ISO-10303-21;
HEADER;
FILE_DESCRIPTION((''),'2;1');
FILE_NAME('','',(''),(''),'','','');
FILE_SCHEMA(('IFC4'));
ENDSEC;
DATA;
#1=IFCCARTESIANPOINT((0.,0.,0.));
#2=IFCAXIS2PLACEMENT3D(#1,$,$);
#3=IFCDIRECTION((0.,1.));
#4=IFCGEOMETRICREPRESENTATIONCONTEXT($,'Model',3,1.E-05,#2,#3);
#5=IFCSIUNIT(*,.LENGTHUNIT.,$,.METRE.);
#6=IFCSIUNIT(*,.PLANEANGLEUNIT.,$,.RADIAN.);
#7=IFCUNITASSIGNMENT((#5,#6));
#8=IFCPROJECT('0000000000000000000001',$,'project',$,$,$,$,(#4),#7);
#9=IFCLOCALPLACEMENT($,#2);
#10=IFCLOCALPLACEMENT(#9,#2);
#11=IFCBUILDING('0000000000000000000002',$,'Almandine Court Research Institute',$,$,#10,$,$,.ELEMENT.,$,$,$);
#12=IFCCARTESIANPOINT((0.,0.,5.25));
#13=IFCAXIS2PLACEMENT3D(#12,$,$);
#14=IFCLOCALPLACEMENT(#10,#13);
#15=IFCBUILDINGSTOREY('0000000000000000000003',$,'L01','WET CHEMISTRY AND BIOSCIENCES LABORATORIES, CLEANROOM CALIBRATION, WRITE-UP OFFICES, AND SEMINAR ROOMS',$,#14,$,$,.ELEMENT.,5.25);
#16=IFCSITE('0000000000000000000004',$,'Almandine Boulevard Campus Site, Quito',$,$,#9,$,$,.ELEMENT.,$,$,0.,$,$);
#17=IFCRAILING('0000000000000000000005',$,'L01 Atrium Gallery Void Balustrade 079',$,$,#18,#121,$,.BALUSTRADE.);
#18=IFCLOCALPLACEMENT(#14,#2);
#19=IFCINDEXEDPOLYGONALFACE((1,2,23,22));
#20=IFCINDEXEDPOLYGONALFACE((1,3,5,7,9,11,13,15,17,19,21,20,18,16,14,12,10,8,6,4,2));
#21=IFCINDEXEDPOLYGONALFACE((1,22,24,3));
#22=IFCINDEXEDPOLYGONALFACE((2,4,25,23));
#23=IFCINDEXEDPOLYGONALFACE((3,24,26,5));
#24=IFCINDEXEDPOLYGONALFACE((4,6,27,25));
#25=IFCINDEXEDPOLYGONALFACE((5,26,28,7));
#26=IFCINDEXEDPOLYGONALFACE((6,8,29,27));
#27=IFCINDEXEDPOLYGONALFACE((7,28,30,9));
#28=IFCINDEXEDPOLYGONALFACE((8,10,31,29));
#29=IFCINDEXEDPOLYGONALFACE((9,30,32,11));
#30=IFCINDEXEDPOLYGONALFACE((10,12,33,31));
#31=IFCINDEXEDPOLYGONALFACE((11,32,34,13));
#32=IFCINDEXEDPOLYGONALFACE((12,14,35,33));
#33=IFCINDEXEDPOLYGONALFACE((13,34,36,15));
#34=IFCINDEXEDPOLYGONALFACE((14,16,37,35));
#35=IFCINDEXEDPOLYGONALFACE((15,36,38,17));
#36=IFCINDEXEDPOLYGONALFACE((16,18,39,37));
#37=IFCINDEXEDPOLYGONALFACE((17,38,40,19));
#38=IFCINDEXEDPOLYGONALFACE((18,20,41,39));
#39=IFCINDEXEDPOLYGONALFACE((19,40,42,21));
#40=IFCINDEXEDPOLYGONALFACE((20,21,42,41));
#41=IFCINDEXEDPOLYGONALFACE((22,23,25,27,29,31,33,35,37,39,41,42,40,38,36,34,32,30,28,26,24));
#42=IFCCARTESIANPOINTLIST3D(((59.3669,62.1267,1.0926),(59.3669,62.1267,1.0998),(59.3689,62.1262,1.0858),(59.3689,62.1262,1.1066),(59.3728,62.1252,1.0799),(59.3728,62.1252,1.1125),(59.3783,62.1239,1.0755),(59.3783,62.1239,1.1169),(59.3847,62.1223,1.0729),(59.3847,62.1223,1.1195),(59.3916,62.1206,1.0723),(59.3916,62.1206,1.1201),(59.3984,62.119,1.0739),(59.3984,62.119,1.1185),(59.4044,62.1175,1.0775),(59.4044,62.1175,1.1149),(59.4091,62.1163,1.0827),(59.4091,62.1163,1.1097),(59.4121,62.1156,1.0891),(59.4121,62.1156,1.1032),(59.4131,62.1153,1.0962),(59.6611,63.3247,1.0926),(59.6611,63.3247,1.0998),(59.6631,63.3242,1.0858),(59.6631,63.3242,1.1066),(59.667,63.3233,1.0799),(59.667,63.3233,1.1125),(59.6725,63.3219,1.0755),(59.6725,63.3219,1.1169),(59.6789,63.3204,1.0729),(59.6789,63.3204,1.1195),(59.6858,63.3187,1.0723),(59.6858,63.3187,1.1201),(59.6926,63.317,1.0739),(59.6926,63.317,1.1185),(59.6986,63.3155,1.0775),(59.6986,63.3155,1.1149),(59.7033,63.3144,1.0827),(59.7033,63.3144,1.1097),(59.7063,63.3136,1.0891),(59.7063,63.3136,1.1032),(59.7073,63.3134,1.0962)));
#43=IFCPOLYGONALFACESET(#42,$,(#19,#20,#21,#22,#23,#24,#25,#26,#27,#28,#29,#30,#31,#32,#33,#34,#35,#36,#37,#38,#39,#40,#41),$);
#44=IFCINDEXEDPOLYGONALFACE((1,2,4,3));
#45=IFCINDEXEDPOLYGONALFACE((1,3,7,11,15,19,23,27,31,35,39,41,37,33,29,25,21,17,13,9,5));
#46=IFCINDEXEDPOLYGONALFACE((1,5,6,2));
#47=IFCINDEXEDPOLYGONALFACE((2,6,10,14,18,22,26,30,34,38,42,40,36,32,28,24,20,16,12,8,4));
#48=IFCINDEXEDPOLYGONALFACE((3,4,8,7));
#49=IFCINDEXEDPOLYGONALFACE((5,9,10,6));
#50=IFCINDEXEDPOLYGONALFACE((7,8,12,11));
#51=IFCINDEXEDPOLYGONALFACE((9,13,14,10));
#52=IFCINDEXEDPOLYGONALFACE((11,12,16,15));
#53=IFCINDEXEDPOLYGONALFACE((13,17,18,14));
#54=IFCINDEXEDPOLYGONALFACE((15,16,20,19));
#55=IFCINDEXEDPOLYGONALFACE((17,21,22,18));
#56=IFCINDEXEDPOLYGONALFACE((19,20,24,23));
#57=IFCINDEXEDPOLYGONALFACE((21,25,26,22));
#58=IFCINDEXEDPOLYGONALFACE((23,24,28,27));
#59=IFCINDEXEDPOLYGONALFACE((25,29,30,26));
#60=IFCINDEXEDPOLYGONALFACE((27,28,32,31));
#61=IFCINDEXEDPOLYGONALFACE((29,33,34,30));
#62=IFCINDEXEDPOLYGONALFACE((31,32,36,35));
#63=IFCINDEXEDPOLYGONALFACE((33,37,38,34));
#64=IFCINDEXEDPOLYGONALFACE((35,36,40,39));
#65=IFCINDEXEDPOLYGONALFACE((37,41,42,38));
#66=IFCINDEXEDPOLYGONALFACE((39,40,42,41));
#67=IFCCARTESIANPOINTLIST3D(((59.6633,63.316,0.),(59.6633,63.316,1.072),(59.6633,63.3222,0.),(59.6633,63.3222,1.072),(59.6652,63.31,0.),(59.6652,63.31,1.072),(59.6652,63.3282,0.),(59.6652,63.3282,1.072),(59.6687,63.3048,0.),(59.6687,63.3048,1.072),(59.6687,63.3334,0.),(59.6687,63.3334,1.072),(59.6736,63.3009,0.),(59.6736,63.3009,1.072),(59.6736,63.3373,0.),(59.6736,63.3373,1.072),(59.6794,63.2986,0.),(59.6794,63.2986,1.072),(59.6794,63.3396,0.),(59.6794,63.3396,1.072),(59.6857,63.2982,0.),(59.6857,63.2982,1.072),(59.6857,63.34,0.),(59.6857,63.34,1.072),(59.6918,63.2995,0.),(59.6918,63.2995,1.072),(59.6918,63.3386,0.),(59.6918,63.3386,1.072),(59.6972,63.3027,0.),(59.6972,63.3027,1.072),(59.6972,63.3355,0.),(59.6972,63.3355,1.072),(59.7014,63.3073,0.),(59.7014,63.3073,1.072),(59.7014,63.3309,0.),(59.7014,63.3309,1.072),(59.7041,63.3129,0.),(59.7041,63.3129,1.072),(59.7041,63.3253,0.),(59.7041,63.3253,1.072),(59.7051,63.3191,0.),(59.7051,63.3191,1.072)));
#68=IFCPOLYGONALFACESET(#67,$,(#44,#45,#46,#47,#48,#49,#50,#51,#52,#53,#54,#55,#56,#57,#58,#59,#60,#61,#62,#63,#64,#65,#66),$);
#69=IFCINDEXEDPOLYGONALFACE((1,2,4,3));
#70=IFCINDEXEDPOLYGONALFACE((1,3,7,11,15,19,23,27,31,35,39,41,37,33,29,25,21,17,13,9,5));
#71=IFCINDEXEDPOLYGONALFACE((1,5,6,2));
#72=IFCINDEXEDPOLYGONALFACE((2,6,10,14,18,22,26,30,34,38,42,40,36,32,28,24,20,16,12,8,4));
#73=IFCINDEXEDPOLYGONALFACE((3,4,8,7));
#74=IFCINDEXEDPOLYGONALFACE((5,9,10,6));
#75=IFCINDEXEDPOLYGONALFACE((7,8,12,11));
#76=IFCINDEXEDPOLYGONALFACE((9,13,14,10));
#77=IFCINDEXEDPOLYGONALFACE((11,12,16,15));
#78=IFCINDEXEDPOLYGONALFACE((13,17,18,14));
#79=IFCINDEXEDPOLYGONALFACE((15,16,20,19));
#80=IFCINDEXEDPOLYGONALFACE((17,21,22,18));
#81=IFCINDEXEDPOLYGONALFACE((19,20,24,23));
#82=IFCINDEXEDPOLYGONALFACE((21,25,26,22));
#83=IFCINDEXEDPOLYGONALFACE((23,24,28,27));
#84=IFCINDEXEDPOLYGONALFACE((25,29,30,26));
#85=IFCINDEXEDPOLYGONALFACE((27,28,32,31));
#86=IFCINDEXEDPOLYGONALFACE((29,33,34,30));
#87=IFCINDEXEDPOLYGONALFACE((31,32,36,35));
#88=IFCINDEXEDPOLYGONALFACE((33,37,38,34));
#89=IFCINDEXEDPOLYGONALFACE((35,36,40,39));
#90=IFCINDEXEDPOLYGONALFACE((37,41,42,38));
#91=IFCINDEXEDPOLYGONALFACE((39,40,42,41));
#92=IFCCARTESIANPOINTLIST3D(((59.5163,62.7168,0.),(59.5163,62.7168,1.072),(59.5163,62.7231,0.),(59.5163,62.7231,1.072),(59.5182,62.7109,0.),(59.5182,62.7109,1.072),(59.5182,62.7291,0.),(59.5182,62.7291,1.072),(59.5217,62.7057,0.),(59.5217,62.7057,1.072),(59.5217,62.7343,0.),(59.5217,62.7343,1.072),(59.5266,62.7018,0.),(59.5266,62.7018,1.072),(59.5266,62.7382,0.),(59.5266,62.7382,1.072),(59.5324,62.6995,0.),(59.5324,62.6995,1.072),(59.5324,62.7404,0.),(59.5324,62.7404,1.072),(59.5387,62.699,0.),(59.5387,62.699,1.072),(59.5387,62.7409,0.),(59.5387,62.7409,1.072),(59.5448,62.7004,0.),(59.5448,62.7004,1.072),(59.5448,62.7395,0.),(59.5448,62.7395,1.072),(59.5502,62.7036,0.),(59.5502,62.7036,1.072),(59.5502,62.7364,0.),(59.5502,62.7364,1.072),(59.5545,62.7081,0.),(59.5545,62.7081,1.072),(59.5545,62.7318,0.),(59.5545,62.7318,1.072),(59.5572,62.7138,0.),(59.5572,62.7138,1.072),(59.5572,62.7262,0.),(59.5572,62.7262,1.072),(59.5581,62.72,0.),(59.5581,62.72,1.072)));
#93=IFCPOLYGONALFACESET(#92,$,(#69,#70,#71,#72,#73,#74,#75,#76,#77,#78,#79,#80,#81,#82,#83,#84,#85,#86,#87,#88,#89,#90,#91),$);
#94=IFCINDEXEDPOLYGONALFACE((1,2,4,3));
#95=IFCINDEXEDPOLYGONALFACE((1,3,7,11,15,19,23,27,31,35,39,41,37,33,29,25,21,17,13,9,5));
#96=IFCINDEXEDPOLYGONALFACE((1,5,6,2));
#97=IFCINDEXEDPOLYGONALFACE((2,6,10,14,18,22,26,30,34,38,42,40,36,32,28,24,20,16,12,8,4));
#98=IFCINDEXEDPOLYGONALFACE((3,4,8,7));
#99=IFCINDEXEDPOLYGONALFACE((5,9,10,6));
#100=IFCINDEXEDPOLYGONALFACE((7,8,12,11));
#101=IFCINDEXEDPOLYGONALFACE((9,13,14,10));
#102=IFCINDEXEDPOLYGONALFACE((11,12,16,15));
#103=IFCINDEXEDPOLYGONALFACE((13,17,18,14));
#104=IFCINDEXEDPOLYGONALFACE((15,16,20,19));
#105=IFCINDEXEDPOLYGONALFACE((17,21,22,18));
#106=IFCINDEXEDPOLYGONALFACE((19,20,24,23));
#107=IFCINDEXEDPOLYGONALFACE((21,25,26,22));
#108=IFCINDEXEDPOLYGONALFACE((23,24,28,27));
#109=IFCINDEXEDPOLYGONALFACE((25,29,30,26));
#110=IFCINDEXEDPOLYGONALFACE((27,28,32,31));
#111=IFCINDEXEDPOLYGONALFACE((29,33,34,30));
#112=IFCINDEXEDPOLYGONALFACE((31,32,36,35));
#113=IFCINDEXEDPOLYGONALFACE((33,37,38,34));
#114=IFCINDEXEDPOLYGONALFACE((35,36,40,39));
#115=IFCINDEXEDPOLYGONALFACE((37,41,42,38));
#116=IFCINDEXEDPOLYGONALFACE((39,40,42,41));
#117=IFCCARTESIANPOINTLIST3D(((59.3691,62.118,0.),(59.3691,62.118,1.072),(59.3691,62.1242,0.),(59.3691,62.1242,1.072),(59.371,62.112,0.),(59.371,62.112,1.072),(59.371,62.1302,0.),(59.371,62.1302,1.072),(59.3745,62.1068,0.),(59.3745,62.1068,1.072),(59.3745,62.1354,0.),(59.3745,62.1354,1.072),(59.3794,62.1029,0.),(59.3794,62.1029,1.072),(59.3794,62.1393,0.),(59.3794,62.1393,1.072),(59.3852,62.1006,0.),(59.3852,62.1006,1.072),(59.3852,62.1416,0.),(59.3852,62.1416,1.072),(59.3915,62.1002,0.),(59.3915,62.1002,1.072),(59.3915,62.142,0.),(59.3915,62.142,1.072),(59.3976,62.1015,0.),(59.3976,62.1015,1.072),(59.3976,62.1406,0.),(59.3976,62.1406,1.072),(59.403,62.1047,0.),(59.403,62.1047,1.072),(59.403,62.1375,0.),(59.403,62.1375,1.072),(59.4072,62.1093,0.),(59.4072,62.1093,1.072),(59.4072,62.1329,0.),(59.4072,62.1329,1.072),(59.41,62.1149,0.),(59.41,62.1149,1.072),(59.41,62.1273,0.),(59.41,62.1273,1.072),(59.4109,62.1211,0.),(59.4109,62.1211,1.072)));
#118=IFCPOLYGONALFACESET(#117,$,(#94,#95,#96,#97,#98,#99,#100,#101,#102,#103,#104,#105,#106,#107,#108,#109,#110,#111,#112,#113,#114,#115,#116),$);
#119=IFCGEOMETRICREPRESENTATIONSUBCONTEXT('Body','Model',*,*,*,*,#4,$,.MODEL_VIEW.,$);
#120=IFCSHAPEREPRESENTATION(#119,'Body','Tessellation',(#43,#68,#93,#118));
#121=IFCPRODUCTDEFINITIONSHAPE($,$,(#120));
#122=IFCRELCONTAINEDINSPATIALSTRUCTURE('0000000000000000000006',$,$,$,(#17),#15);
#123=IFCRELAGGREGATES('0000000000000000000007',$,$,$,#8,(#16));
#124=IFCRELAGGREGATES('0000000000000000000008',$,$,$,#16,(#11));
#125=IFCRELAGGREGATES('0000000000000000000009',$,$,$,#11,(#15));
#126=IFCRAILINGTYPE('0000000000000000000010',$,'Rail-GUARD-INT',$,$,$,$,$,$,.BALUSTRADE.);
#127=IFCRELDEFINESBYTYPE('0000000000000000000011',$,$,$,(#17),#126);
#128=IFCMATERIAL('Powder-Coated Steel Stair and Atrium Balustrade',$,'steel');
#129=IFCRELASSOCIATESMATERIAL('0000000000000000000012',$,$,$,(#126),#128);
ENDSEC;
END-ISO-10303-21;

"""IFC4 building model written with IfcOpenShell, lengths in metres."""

from ifc_helpers import new_model, si_unit, direction, frame, origin, origin_2d, place, context, subcontext, project, spatial, circle, extrude, material, type_object, element, save


model = new_model("IFC4")

# Units and contexts
model_context = context("Model", 3, precision=1e-05, world=origin(), true_north=direction((0.0, 1.0)))
body_context = subcontext(model_context, "Body", "Model", "MODEL_VIEW")
ifc_project = project(units=[si_unit("LENGTHUNIT", "METRE"), si_unit("PLANEANGLEUNIT", "RADIAN")], contexts=[model_context])

# Site, building, storey
site_placement = place(None, origin())
site = spatial("IfcSite", under=ifc_project, at=site_placement, Name="Almandine Boulevard Campus Site, Quito", CompositionType="ELEMENT", RefElevation=0.0)
building_placement = place(site_placement, origin())
building = spatial("IfcBuilding", under=site, at=building_placement, Name="Almandine Court Research Institute", CompositionType="ELEMENT")
storey_placement = place(building_placement, frame((0.0, 0.0, 5.25)))
storey = spatial("IfcBuildingStorey", under=building, at=storey_placement, Name="L01", Description="WET CHEMISTRY AND BIOSCIENCES LABORATORIES, CLEANROOM CALIBRATION, WRITE-UP OFFICES, AND SEMINAR ROOMS", CompositionType="ELEMENT", Elevation=5.25)

# Railing
ifc_material_1 = material(Name="Powder-Coated Steel Stair and Atrium Balustrade", Category="steel")
railing_type = type_object("IfcRailingType", Name="Rail-GUARD-INT", PredefinedType="BALUSTRADE", material=ifc_material_1)
railing_1_placement = place(storey_placement, frame((59.6841, 63.3191, 0.0)))
element("IfcRailing", 1, at=railing_1_placement, inside=storey, type_object=railing_type, Name="L01 Atrium Gallery Void Balustrade 079", PredefinedType="BALUSTRADE", context=body_context, shape_type="SweptSolid", body=[
    extrude(circle(Radius=0.0239, at=origin_2d()), frame((0.0, 0.0, 1.0962), z_axis=(-0.238482, -0.971147, 0.0), x_axis=(0.971147, -0.238482, 0.0)), (0.0, 0.0, 1.0), 1.2336),
    extrude(circle(Radius=0.021, at=origin_2d()), origin(), (0.0, 0.0, 1.0), 1.072),
    extrude(circle(Radius=0.021, at=origin_2d()), frame((-0.147, -0.5991, 0.0)), (0.0, 0.0, 1.0), 1.072),
    extrude(circle(Radius=0.021, at=origin_2d()), frame((-0.2942, -1.198, 0.0)), (0.0, 0.0, 1.0), 1.072),
])

save(model, "model.ifc")
